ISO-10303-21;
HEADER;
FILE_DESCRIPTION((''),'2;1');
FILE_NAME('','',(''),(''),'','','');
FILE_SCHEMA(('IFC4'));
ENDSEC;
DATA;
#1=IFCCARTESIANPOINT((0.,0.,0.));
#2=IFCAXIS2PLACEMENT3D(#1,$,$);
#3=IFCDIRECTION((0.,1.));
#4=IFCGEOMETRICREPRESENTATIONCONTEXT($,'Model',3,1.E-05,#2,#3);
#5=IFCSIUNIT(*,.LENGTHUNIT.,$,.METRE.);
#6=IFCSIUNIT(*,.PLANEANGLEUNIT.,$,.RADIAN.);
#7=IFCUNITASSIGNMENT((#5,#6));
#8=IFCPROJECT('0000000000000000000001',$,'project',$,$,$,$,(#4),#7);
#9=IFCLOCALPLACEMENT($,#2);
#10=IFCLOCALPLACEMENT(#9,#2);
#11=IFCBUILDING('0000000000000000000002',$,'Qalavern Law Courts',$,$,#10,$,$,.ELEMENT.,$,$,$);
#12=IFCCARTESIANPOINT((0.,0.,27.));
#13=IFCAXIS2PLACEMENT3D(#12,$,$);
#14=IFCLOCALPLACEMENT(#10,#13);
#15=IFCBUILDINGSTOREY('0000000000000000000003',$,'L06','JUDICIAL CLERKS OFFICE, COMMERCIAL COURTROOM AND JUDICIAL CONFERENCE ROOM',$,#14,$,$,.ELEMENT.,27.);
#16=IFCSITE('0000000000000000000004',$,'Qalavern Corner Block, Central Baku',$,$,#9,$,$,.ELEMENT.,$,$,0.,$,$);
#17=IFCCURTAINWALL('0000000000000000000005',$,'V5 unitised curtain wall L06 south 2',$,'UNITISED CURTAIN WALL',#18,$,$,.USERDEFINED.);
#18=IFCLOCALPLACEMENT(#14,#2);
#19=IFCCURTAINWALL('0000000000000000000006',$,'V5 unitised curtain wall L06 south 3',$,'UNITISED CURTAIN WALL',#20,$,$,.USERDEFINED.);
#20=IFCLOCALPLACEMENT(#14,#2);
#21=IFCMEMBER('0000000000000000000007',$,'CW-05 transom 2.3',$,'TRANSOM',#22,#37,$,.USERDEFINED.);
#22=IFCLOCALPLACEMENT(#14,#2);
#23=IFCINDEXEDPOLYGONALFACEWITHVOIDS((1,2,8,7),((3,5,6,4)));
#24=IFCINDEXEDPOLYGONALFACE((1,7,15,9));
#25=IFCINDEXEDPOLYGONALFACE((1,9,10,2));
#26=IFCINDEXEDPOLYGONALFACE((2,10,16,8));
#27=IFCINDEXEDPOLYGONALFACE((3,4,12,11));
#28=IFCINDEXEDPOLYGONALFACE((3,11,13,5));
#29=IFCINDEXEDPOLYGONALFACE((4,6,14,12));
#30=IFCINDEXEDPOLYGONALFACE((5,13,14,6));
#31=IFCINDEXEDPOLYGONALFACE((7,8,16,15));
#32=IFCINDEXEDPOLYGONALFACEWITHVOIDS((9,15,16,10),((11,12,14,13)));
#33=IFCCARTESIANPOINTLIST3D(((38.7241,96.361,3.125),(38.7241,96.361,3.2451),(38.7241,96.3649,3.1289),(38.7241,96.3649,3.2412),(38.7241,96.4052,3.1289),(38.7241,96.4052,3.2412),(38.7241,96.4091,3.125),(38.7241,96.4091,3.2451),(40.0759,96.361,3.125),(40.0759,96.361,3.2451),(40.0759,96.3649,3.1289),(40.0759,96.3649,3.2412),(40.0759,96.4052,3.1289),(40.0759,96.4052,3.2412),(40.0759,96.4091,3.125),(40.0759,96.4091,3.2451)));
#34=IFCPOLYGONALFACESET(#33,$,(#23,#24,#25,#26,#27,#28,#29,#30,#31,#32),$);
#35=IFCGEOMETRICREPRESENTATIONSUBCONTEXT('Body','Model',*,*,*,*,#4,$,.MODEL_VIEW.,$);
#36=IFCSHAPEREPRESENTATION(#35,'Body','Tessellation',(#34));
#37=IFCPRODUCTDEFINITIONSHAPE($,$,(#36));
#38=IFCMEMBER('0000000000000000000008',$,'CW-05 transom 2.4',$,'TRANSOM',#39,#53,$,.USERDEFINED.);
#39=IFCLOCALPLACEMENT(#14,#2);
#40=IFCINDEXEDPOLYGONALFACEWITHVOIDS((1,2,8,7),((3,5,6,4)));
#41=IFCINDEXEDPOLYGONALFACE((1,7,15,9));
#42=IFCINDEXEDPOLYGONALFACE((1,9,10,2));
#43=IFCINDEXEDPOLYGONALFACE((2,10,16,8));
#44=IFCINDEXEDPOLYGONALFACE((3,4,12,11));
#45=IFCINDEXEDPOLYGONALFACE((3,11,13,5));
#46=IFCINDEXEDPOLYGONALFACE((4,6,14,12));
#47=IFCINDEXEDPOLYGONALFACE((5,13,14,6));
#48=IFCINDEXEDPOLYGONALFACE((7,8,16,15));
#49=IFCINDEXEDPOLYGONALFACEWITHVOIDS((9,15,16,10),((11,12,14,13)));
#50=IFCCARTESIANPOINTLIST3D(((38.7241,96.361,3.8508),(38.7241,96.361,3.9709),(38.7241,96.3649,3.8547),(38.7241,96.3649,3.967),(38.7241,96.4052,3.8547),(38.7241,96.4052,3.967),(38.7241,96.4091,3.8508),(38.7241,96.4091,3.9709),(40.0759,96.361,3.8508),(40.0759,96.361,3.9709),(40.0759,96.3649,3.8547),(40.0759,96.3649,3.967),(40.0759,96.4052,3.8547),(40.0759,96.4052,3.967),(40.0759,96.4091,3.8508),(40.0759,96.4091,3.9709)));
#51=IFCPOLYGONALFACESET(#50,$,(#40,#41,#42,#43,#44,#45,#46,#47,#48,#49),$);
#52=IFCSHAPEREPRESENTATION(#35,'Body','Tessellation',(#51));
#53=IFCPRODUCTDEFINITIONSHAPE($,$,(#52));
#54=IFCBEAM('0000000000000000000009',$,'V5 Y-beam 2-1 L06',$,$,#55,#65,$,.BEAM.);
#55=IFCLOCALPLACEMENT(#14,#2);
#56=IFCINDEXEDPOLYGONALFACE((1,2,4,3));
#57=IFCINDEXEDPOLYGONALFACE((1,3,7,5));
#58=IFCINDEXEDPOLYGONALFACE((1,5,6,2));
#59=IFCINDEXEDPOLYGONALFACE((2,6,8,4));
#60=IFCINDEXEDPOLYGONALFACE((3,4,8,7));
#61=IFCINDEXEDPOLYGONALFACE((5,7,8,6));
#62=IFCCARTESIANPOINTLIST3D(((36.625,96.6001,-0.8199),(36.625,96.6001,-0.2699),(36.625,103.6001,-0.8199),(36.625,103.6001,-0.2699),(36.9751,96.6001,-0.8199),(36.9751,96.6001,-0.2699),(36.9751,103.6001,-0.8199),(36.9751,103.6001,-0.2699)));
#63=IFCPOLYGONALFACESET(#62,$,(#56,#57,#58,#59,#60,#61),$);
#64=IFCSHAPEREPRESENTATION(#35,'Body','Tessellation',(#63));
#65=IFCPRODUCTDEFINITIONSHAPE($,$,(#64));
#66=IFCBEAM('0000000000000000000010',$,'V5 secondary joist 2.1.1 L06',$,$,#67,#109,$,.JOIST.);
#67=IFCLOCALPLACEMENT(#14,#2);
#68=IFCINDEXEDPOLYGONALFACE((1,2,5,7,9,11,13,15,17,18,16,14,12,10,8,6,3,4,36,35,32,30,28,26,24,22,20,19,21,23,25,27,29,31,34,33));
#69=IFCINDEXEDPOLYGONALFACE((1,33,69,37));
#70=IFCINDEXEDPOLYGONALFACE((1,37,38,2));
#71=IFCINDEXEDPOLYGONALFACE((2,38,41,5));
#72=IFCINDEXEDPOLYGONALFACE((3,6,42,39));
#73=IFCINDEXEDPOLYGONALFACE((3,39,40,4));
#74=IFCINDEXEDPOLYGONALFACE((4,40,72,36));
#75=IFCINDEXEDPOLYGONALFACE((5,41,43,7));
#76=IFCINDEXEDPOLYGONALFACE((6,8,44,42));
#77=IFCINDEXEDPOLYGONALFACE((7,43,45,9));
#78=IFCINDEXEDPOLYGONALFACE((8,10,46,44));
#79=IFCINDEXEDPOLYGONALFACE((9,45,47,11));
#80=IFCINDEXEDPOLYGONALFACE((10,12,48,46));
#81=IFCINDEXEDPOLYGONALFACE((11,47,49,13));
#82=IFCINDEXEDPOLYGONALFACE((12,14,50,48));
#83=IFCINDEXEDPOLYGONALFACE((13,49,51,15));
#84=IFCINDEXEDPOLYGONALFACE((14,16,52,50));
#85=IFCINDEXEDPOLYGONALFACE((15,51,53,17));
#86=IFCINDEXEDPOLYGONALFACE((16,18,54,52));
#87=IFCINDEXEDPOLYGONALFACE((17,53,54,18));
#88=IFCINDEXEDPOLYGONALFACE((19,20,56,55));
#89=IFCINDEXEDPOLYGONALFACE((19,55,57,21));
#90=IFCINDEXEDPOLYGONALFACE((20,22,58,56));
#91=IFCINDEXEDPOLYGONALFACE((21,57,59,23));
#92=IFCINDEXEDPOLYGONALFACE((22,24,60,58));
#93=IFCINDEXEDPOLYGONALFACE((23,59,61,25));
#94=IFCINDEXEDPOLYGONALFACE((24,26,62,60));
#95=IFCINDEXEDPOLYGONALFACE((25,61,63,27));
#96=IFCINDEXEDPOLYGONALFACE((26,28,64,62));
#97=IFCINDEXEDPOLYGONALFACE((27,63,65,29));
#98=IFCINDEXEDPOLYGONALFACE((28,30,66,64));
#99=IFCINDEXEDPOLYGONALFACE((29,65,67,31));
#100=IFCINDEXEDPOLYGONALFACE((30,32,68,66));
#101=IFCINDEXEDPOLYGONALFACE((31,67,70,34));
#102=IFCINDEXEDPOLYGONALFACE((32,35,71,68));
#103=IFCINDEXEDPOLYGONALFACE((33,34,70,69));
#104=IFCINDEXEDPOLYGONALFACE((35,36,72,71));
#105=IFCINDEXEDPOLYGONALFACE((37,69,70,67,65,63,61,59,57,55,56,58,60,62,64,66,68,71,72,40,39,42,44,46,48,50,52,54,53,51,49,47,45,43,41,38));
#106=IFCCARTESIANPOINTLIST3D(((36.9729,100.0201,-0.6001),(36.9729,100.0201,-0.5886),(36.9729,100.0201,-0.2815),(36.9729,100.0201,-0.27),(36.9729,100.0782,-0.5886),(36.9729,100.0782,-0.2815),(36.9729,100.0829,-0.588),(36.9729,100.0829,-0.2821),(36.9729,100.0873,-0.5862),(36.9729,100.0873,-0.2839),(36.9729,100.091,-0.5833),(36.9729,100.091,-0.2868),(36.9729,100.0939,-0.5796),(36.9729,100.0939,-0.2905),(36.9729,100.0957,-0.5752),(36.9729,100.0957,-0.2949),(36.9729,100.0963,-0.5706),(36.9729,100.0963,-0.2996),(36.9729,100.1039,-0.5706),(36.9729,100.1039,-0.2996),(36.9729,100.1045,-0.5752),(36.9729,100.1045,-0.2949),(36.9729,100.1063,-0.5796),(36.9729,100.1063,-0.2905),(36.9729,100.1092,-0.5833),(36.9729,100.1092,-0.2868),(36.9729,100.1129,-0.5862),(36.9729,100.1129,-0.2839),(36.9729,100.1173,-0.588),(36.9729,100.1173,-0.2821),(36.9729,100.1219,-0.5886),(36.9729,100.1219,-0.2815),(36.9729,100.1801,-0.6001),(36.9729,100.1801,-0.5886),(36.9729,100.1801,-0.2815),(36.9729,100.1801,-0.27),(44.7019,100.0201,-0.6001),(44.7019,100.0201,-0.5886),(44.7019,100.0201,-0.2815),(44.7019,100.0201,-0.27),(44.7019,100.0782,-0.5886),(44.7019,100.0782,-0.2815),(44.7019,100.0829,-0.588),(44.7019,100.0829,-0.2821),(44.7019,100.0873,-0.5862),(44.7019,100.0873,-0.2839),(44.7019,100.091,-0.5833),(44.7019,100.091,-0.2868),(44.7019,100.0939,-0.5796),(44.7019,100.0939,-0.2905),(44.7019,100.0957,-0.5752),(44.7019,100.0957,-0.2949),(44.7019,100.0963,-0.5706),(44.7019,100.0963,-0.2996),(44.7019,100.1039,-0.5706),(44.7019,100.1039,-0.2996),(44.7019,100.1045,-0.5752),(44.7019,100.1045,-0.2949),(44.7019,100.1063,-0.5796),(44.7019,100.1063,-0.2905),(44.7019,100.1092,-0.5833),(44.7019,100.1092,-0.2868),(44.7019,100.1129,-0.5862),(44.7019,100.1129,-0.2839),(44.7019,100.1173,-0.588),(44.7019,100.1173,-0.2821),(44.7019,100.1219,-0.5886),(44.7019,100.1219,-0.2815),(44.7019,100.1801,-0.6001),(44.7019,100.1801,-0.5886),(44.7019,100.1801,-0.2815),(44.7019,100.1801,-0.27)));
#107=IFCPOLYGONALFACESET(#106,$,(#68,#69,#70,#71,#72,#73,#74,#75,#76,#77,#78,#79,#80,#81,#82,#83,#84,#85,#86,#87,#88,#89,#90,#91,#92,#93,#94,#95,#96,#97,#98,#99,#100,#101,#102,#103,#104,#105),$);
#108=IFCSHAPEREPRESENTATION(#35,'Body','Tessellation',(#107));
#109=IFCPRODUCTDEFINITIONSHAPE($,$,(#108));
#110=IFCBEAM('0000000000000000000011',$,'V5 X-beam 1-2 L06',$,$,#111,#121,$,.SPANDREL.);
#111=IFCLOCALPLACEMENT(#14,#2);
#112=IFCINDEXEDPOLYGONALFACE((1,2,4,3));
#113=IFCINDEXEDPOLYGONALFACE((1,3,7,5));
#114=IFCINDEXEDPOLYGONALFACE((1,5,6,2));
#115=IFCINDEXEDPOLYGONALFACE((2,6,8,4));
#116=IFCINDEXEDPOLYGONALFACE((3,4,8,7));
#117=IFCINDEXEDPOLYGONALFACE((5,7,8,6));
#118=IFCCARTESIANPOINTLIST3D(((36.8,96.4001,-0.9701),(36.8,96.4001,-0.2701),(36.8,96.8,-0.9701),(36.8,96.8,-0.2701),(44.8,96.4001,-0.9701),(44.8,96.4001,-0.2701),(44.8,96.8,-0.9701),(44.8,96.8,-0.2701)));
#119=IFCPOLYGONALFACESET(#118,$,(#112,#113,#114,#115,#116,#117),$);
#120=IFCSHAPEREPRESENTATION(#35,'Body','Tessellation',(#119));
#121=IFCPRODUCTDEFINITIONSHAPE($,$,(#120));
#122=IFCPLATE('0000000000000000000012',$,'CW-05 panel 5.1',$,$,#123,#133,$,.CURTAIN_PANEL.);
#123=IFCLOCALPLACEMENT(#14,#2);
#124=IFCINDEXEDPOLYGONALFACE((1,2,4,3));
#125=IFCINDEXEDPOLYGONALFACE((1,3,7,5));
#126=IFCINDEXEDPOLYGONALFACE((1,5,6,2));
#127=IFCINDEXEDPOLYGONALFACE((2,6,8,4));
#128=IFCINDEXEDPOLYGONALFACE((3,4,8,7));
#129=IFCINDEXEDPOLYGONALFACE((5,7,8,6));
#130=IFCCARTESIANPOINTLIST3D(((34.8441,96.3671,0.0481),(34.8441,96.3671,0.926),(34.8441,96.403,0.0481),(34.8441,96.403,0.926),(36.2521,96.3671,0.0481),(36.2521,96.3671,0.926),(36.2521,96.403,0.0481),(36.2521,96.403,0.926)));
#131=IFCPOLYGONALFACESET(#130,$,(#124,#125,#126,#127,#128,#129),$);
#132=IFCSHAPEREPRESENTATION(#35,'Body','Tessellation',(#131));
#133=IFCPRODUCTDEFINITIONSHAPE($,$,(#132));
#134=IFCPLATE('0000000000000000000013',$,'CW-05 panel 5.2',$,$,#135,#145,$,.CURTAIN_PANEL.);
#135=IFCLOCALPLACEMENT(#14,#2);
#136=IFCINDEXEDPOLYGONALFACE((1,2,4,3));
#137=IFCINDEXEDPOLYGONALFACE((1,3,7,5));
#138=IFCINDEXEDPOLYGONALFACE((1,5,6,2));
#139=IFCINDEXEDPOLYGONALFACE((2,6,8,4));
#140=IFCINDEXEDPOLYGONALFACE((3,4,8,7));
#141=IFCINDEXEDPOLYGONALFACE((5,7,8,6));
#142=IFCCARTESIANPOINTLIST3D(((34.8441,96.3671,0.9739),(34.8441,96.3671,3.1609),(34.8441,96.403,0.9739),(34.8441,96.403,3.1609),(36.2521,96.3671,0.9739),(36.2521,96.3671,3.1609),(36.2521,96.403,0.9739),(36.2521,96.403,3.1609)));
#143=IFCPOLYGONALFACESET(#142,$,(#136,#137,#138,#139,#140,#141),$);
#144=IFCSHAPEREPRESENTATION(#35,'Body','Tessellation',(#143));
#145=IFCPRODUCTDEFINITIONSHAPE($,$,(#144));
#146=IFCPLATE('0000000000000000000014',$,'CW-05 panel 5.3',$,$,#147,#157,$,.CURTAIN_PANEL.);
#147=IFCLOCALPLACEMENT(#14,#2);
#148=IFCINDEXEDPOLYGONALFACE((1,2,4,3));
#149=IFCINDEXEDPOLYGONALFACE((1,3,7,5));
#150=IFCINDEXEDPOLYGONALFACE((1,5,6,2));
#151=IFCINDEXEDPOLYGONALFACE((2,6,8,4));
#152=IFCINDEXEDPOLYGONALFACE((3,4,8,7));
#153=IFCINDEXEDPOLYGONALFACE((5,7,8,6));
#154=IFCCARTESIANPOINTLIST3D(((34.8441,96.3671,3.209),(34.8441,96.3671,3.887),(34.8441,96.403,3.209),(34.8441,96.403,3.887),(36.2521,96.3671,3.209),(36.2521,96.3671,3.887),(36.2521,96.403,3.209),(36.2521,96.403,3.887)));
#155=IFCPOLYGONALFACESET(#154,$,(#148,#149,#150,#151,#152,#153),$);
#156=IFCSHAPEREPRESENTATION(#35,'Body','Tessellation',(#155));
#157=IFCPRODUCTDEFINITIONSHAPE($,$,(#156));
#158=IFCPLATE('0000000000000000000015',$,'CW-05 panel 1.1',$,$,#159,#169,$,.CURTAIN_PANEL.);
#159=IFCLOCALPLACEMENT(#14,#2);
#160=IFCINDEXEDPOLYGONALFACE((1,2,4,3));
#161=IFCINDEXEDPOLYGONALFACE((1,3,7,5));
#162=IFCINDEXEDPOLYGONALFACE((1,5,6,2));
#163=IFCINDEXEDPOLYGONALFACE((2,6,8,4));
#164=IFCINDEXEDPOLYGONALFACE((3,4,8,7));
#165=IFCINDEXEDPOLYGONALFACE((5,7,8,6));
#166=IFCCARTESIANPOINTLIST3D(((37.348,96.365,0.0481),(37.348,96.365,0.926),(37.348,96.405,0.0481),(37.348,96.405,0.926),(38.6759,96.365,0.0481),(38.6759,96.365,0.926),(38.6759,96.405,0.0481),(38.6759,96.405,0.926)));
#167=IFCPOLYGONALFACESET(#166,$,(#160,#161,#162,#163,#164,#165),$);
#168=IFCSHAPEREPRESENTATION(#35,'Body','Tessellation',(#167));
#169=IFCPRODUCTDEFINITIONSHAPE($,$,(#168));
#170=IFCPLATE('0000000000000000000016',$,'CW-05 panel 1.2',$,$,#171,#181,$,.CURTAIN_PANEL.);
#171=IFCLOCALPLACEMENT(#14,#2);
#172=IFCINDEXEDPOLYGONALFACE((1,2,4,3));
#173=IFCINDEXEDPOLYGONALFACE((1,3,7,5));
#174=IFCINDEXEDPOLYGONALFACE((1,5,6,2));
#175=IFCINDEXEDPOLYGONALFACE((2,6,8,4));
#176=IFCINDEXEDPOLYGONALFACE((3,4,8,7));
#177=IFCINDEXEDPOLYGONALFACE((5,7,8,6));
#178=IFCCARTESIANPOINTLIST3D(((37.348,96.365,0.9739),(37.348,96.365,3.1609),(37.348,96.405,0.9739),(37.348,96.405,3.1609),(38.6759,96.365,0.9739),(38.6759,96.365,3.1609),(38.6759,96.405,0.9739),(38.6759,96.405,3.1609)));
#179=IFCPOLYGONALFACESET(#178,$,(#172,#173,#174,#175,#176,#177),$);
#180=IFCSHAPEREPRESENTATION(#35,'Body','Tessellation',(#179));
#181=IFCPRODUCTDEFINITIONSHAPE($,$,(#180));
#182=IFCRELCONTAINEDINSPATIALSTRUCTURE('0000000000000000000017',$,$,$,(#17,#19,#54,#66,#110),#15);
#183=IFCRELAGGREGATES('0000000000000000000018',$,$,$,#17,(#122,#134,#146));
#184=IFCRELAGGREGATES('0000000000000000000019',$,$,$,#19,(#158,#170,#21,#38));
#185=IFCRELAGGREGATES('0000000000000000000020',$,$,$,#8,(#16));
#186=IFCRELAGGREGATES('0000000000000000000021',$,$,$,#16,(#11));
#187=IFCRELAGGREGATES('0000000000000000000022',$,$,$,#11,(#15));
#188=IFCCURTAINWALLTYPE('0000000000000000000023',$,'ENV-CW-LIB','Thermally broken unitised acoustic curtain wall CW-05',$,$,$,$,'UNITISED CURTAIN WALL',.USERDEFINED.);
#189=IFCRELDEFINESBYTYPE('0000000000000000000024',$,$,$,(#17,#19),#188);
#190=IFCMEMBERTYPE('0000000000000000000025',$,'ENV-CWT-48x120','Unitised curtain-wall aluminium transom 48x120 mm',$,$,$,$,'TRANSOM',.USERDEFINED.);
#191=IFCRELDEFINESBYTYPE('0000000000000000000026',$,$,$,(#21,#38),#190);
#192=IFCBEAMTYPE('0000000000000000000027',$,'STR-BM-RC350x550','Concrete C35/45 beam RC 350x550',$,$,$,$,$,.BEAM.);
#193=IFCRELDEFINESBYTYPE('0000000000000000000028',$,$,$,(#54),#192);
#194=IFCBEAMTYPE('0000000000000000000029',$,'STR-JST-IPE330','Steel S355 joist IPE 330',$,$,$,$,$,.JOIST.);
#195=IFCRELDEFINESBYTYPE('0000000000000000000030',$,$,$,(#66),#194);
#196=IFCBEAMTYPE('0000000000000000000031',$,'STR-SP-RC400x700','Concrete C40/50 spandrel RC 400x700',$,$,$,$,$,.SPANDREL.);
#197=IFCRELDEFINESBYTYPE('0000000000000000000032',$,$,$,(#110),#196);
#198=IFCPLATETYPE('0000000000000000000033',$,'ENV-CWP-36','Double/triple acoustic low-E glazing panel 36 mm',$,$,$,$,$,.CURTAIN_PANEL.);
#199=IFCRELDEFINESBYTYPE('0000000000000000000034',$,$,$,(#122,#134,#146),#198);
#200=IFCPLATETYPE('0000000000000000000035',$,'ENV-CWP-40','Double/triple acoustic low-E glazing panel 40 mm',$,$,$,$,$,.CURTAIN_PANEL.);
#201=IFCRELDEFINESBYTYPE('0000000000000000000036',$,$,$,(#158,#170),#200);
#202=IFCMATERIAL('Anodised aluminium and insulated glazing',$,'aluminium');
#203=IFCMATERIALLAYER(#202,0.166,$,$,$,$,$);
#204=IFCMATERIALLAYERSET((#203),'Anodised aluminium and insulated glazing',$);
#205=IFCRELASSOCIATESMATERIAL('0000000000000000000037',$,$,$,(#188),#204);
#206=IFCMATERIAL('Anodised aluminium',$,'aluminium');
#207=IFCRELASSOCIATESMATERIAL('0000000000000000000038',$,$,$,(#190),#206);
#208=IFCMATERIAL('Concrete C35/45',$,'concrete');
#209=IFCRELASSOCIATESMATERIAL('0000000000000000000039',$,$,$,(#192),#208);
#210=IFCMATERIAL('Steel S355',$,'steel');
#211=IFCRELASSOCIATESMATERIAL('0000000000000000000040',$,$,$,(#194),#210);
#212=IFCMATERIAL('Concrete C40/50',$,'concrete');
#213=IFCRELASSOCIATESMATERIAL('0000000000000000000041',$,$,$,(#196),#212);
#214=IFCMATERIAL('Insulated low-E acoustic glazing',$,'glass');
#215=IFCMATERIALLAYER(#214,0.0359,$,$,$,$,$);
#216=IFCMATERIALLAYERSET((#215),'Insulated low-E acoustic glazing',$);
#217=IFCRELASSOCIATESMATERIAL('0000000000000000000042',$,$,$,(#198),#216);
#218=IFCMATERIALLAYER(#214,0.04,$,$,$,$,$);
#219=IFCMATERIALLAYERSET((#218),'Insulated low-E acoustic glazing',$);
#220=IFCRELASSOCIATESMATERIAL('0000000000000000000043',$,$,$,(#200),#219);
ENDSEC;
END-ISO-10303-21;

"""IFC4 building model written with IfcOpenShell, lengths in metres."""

from ifc_helpers import new_model, si_unit, direction, frame, origin, origin_2d, place, context, subcontext, project, spatial, rectangle, hollow_rectangle, i_section, extrude, material, layer, layer_set, material_profile, profile_set, type_object, element, aggregate, save


model = new_model("IFC4")

# Units and contexts
model_context = context("Model", 3, precision=1e-05, world=origin(), true_north=direction((0.0, 1.0)))
body_context = subcontext(model_context, "Body", "Model", "MODEL_VIEW")
ifc_project = project(units=[si_unit("LENGTHUNIT", "METRE"), si_unit("PLANEANGLEUNIT", "RADIAN")], contexts=[model_context])

# Site, building, storey
site_placement = place(None, origin())
site = spatial("IfcSite", under=ifc_project, at=site_placement, Name="Qalavern Corner Block, Central Baku", CompositionType="ELEMENT", RefElevation=0.0)
building_placement = place(site_placement, origin())
building = spatial("IfcBuilding", under=site, at=building_placement, Name="Qalavern Law Courts", CompositionType="ELEMENT")
storey_placement = place(building_placement, frame((0.0, 0.0, 27.0)))
storey = spatial("IfcBuildingStorey", under=building, at=storey_placement, Name="L06", Description="JUDICIAL CLERKS OFFICE, COMMERCIAL COURTROOM AND JUDICIAL CONFERENCE ROOM", CompositionType="ELEMENT", Elevation=27.0)

# Curtain wall
ifc_material_1 = material(Name="Anodised aluminium and insulated glazing", Category="aluminium")
ifc_layer_1 = layer(ifc_material_1, 0.166)
ifc_layer_set_1 = layer_set([ifc_layer_1], Name="Anodised aluminium and insulated glazing")
curtain_wall_type = type_object("IfcCurtainWallType", Name="ENV-CW-LIB", Description="Thermally broken unitised acoustic curtain wall CW-05", ElementType="UNITISED CURTAIN WALL", PredefinedType="USERDEFINED", material=ifc_layer_set_1)
curtain_wall_1_placement = place(storey_placement, origin())
curtain_wall_1 = element("IfcCurtainWall", 1, at=curtain_wall_1_placement, inside=storey, type_object=curtain_wall_type, Name="V5 unitised curtain wall L06 south 2", ObjectType="UNITISED CURTAIN WALL", PredefinedType="USERDEFINED")
ifc_material_2 = material(Name="Anodised aluminium", Category="aluminium")

# Curtain wall
curtain_wall_2_placement = place(storey_placement, origin())
curtain_wall_2 = element("IfcCurtainWall", 2, at=curtain_wall_2_placement, inside=storey, type_object=curtain_wall_type, Name="V5 unitised curtain wall L06 south 3", ObjectType="UNITISED CURTAIN WALL", PredefinedType="USERDEFINED")

# Members
ifc_material_profile_1 = material_profile(ifc_material_2, hollow_rectangle(XDim=0.0481, YDim=0.1201, WallThickness=0.0039, at=origin_2d()), Name="ALU TRANSOM 48x120")
ifc_profile_set_1 = profile_set([ifc_material_profile_1], Name="Anodised aluminium")
member_type_1 = type_object("IfcMemberType", Name="ENV-CWT-48x120", Description="Unitised curtain-wall aluminium transom 48x120 mm", ElementType="TRANSOM", PredefinedType="USERDEFINED", material=ifc_profile_set_1)
member_1_placement = place(storey_placement, frame((38.7241, 96.385, 3.1851), z_axis=(1.0, 0.0, 0.0), x_axis=(0.0, 1.0, 0.0)))
member_1 = element("IfcMember", 3, at=member_1_placement, type_object=member_type_1, Name="CW-05 transom 2.3", ObjectType="TRANSOM", PredefinedType="USERDEFINED", context=body_context, shape_type="SweptSolid", body=[
    extrude(hollow_rectangle(XDim=0.0481, YDim=0.1201, WallThickness=0.0039, at=origin_2d()), origin(), (0.0, 0.0, 1.0), 1.3518),
])
member_2_placement = place(storey_placement, frame((38.7241, 96.385, 3.9109), z_axis=(1.0, 0.0, 0.0), x_axis=(0.0, 1.0, 0.0)))
member_2 = element("IfcMember", 4, at=member_2_placement, type_object=member_type_1, Name="CW-05 transom 2.4", ObjectType="TRANSOM", PredefinedType="USERDEFINED", context=body_context, shape_type="SweptSolid", body=[
    extrude(hollow_rectangle(XDim=0.0481, YDim=0.1201, WallThickness=0.0039, at=origin_2d()), origin(), (0.0, 0.0, 1.0), 1.3518),
])

# Beams
ifc_material_3 = material(Name="Concrete C35/45", Category="concrete")
ifc_material_profile_2 = material_profile(ifc_material_3, rectangle(XDim=0.3501, YDim=0.55, at=origin_2d()), Name="RC 350x550")
ifc_profile_set_2 = profile_set([ifc_material_profile_2], Name="Concrete C35/45")
beam_type_1 = type_object("IfcBeamType", Name="STR-BM-RC350x550", Description="Concrete C35/45 beam RC 350x550", PredefinedType="BEAM", material=ifc_profile_set_2)
beam_1_placement = place(storey_placement, frame((36.8, 96.6001, -0.5449), z_axis=(0.0, 1.0, 0.0), x_axis=(-1.0, 0.0, 0.0)))
element("IfcBeam", 5, at=beam_1_placement, inside=storey, type_object=beam_type_1, Name="V5 Y-beam 2-1 L06", PredefinedType="BEAM", context=body_context, shape_type="SweptSolid", body=[
    extrude(rectangle(XDim=0.3501, YDim=0.55, at=origin_2d()), origin(), (0.0, 0.0, 1.0), 7.0),
])
ifc_material_4 = material(Name="Steel S355", Category="steel")
ifc_material_profile_3 = material_profile(ifc_material_4, i_section(OverallWidth=0.1599, OverallDepth=0.3301, WebThickness=0.0076, FlangeThickness=0.0115, FilletRadius=0.0181, at=origin_2d()), Name="IPE 330")
ifc_profile_set_3 = profile_set([ifc_material_profile_3], Name="Steel S355")
beam_type_2 = type_object("IfcBeamType", Name="STR-JST-IPE330", Description="Steel S355 joist IPE 330", PredefinedType="JOIST", material=ifc_profile_set_3)
beam_2_placement = place(storey_placement, frame((36.9729, 100.1001, -0.4351), z_axis=(1.0, 0.0, 0.0), x_axis=(0.0, 1.0, 0.0)))
element("IfcBeam", 6, at=beam_2_placement, inside=storey, type_object=beam_type_2, Name="V5 secondary joist 2.1.1 L06", PredefinedType="JOIST", context=body_context, shape_type="SweptSolid", body=[
    extrude(i_section(OverallWidth=0.1599, OverallDepth=0.3301, WebThickness=0.0076, FlangeThickness=0.0115, FilletRadius=0.0181, at=origin_2d()), origin(), (0.0, 0.0, 1.0), 7.729),
])
ifc_material_5 = material(Name="Concrete C40/50", Category="concrete")
ifc_material_profile_4 = material_profile(ifc_material_5, rectangle(XDim=0.3999, YDim=0.7, at=origin_2d()), Name="RC 400x700")
ifc_profile_set_4 = profile_set([ifc_material_profile_4], Name="Concrete C40/50")
beam_type_3 = type_object("IfcBeamType", Name="STR-SP-RC400x700", Description="Concrete C40/50 spandrel RC 400x700", PredefinedType="SPANDREL", material=ifc_profile_set_4)
beam_3_placement = place(storey_placement, frame((36.8, 96.6001, -0.6201), z_axis=(1.0, 0.0, 0.0), x_axis=(0.0, 1.0, 0.0)))
element("IfcBeam", 7, at=beam_3_placement, inside=storey, type_object=beam_type_3, Name="V5 X-beam 1-2 L06", PredefinedType="SPANDREL", context=body_context, shape_type="SweptSolid", body=[
    extrude(rectangle(XDim=0.3999, YDim=0.7, at=origin_2d()), origin(), (0.0, 0.0, 1.0), 8.0),
])

# Plates
ifc_material_6 = material(Name="Insulated low-E acoustic glazing", Category="glass")
ifc_layer_2 = layer(ifc_material_6, 0.0359)
ifc_layer_set_2 = layer_set([ifc_layer_2], Name="Insulated low-E acoustic glazing")
plate_type_1 = type_object("IfcPlateType", Name="ENV-CWP-36", Description="Double/triple acoustic low-E glazing panel 36 mm", PredefinedType="CURTAIN_PANEL", material=ifc_layer_set_2)
plate_1_placement = place(storey_placement, frame((35.5481, 96.385, 0.0481), z_axis=(0.0, 0.0, 1.0), x_axis=(1.0, 0.0, 0.0)))
plate_1 = element("IfcPlate", 8, at=plate_1_placement, type_object=plate_type_1, Name="CW-05 panel 5.1", PredefinedType="CURTAIN_PANEL", context=body_context, shape_type="SweptSolid", body=[
    extrude(rectangle(XDim=1.408, YDim=0.0359, at=origin_2d()), origin(), (0.0, 0.0, 1.0), 0.8779),
])
plate_2_placement = place(storey_placement, frame((35.5481, 96.385, 0.9739), z_axis=(0.0, 0.0, 1.0), x_axis=(1.0, 0.0, 0.0)))
plate_2 = element("IfcPlate", 9, at=plate_2_placement, type_object=plate_type_1, Name="CW-05 panel 5.2", PredefinedType="CURTAIN_PANEL", context=body_context, shape_type="SweptSolid", body=[
    extrude(rectangle(XDim=1.408, YDim=0.0359, at=origin_2d()), origin(), (0.0, 0.0, 1.0), 2.187),
])
plate_3_placement = place(storey_placement, frame((35.5481, 96.385, 3.209), z_axis=(0.0, 0.0, 1.0), x_axis=(1.0, 0.0, 0.0)))
plate_3 = element("IfcPlate", 10, at=plate_3_placement, type_object=plate_type_1, Name="CW-05 panel 5.3", PredefinedType="CURTAIN_PANEL", context=body_context, shape_type="SweptSolid", body=[
    extrude(rectangle(XDim=1.408, YDim=0.0359, at=origin_2d()), origin(), (0.0, 0.0, 1.0), 0.678),
])
aggregate(curtain_wall_1, [plate_1, plate_2, plate_3])
ifc_layer_3 = layer(ifc_material_6, 0.04)
ifc_layer_set_3 = layer_set([ifc_layer_3], Name="Insulated low-E acoustic glazing")
plate_type_2 = type_object("IfcPlateType", Name="ENV-CWP-40", Description="Double/triple acoustic low-E glazing panel 40 mm", PredefinedType="CURTAIN_PANEL", material=ifc_layer_set_3)
plate_4_placement = place(storey_placement, frame((38.012, 96.385, 0.0481), z_axis=(0.0, 0.0, 1.0), x_axis=(1.0, 0.0, 0.0)))
plate_4 = element("IfcPlate", 11, at=plate_4_placement, type_object=plate_type_2, Name="CW-05 panel 1.1", PredefinedType="CURTAIN_PANEL", context=body_context, shape_type="SweptSolid", body=[
    extrude(rectangle(XDim=1.3279, YDim=0.04, at=origin_2d()), origin(), (0.0, 0.0, 1.0), 0.8779),
])
plate_5_placement = place(storey_placement, frame((38.012, 96.385, 0.9739), z_axis=(0.0, 0.0, 1.0), x_axis=(1.0, 0.0, 0.0)))
plate_5 = element("IfcPlate", 12, at=plate_5_placement, type_object=plate_type_2, Name="CW-05 panel 1.2", PredefinedType="CURTAIN_PANEL", context=body_context, shape_type="SweptSolid", body=[
    extrude(rectangle(XDim=1.3279, YDim=0.04, at=origin_2d()), origin(), (0.0, 0.0, 1.0), 2.187),
])
aggregate(curtain_wall_2, [plate_4, plate_5, member_1, member_2])

save(model, "model.ifc")
